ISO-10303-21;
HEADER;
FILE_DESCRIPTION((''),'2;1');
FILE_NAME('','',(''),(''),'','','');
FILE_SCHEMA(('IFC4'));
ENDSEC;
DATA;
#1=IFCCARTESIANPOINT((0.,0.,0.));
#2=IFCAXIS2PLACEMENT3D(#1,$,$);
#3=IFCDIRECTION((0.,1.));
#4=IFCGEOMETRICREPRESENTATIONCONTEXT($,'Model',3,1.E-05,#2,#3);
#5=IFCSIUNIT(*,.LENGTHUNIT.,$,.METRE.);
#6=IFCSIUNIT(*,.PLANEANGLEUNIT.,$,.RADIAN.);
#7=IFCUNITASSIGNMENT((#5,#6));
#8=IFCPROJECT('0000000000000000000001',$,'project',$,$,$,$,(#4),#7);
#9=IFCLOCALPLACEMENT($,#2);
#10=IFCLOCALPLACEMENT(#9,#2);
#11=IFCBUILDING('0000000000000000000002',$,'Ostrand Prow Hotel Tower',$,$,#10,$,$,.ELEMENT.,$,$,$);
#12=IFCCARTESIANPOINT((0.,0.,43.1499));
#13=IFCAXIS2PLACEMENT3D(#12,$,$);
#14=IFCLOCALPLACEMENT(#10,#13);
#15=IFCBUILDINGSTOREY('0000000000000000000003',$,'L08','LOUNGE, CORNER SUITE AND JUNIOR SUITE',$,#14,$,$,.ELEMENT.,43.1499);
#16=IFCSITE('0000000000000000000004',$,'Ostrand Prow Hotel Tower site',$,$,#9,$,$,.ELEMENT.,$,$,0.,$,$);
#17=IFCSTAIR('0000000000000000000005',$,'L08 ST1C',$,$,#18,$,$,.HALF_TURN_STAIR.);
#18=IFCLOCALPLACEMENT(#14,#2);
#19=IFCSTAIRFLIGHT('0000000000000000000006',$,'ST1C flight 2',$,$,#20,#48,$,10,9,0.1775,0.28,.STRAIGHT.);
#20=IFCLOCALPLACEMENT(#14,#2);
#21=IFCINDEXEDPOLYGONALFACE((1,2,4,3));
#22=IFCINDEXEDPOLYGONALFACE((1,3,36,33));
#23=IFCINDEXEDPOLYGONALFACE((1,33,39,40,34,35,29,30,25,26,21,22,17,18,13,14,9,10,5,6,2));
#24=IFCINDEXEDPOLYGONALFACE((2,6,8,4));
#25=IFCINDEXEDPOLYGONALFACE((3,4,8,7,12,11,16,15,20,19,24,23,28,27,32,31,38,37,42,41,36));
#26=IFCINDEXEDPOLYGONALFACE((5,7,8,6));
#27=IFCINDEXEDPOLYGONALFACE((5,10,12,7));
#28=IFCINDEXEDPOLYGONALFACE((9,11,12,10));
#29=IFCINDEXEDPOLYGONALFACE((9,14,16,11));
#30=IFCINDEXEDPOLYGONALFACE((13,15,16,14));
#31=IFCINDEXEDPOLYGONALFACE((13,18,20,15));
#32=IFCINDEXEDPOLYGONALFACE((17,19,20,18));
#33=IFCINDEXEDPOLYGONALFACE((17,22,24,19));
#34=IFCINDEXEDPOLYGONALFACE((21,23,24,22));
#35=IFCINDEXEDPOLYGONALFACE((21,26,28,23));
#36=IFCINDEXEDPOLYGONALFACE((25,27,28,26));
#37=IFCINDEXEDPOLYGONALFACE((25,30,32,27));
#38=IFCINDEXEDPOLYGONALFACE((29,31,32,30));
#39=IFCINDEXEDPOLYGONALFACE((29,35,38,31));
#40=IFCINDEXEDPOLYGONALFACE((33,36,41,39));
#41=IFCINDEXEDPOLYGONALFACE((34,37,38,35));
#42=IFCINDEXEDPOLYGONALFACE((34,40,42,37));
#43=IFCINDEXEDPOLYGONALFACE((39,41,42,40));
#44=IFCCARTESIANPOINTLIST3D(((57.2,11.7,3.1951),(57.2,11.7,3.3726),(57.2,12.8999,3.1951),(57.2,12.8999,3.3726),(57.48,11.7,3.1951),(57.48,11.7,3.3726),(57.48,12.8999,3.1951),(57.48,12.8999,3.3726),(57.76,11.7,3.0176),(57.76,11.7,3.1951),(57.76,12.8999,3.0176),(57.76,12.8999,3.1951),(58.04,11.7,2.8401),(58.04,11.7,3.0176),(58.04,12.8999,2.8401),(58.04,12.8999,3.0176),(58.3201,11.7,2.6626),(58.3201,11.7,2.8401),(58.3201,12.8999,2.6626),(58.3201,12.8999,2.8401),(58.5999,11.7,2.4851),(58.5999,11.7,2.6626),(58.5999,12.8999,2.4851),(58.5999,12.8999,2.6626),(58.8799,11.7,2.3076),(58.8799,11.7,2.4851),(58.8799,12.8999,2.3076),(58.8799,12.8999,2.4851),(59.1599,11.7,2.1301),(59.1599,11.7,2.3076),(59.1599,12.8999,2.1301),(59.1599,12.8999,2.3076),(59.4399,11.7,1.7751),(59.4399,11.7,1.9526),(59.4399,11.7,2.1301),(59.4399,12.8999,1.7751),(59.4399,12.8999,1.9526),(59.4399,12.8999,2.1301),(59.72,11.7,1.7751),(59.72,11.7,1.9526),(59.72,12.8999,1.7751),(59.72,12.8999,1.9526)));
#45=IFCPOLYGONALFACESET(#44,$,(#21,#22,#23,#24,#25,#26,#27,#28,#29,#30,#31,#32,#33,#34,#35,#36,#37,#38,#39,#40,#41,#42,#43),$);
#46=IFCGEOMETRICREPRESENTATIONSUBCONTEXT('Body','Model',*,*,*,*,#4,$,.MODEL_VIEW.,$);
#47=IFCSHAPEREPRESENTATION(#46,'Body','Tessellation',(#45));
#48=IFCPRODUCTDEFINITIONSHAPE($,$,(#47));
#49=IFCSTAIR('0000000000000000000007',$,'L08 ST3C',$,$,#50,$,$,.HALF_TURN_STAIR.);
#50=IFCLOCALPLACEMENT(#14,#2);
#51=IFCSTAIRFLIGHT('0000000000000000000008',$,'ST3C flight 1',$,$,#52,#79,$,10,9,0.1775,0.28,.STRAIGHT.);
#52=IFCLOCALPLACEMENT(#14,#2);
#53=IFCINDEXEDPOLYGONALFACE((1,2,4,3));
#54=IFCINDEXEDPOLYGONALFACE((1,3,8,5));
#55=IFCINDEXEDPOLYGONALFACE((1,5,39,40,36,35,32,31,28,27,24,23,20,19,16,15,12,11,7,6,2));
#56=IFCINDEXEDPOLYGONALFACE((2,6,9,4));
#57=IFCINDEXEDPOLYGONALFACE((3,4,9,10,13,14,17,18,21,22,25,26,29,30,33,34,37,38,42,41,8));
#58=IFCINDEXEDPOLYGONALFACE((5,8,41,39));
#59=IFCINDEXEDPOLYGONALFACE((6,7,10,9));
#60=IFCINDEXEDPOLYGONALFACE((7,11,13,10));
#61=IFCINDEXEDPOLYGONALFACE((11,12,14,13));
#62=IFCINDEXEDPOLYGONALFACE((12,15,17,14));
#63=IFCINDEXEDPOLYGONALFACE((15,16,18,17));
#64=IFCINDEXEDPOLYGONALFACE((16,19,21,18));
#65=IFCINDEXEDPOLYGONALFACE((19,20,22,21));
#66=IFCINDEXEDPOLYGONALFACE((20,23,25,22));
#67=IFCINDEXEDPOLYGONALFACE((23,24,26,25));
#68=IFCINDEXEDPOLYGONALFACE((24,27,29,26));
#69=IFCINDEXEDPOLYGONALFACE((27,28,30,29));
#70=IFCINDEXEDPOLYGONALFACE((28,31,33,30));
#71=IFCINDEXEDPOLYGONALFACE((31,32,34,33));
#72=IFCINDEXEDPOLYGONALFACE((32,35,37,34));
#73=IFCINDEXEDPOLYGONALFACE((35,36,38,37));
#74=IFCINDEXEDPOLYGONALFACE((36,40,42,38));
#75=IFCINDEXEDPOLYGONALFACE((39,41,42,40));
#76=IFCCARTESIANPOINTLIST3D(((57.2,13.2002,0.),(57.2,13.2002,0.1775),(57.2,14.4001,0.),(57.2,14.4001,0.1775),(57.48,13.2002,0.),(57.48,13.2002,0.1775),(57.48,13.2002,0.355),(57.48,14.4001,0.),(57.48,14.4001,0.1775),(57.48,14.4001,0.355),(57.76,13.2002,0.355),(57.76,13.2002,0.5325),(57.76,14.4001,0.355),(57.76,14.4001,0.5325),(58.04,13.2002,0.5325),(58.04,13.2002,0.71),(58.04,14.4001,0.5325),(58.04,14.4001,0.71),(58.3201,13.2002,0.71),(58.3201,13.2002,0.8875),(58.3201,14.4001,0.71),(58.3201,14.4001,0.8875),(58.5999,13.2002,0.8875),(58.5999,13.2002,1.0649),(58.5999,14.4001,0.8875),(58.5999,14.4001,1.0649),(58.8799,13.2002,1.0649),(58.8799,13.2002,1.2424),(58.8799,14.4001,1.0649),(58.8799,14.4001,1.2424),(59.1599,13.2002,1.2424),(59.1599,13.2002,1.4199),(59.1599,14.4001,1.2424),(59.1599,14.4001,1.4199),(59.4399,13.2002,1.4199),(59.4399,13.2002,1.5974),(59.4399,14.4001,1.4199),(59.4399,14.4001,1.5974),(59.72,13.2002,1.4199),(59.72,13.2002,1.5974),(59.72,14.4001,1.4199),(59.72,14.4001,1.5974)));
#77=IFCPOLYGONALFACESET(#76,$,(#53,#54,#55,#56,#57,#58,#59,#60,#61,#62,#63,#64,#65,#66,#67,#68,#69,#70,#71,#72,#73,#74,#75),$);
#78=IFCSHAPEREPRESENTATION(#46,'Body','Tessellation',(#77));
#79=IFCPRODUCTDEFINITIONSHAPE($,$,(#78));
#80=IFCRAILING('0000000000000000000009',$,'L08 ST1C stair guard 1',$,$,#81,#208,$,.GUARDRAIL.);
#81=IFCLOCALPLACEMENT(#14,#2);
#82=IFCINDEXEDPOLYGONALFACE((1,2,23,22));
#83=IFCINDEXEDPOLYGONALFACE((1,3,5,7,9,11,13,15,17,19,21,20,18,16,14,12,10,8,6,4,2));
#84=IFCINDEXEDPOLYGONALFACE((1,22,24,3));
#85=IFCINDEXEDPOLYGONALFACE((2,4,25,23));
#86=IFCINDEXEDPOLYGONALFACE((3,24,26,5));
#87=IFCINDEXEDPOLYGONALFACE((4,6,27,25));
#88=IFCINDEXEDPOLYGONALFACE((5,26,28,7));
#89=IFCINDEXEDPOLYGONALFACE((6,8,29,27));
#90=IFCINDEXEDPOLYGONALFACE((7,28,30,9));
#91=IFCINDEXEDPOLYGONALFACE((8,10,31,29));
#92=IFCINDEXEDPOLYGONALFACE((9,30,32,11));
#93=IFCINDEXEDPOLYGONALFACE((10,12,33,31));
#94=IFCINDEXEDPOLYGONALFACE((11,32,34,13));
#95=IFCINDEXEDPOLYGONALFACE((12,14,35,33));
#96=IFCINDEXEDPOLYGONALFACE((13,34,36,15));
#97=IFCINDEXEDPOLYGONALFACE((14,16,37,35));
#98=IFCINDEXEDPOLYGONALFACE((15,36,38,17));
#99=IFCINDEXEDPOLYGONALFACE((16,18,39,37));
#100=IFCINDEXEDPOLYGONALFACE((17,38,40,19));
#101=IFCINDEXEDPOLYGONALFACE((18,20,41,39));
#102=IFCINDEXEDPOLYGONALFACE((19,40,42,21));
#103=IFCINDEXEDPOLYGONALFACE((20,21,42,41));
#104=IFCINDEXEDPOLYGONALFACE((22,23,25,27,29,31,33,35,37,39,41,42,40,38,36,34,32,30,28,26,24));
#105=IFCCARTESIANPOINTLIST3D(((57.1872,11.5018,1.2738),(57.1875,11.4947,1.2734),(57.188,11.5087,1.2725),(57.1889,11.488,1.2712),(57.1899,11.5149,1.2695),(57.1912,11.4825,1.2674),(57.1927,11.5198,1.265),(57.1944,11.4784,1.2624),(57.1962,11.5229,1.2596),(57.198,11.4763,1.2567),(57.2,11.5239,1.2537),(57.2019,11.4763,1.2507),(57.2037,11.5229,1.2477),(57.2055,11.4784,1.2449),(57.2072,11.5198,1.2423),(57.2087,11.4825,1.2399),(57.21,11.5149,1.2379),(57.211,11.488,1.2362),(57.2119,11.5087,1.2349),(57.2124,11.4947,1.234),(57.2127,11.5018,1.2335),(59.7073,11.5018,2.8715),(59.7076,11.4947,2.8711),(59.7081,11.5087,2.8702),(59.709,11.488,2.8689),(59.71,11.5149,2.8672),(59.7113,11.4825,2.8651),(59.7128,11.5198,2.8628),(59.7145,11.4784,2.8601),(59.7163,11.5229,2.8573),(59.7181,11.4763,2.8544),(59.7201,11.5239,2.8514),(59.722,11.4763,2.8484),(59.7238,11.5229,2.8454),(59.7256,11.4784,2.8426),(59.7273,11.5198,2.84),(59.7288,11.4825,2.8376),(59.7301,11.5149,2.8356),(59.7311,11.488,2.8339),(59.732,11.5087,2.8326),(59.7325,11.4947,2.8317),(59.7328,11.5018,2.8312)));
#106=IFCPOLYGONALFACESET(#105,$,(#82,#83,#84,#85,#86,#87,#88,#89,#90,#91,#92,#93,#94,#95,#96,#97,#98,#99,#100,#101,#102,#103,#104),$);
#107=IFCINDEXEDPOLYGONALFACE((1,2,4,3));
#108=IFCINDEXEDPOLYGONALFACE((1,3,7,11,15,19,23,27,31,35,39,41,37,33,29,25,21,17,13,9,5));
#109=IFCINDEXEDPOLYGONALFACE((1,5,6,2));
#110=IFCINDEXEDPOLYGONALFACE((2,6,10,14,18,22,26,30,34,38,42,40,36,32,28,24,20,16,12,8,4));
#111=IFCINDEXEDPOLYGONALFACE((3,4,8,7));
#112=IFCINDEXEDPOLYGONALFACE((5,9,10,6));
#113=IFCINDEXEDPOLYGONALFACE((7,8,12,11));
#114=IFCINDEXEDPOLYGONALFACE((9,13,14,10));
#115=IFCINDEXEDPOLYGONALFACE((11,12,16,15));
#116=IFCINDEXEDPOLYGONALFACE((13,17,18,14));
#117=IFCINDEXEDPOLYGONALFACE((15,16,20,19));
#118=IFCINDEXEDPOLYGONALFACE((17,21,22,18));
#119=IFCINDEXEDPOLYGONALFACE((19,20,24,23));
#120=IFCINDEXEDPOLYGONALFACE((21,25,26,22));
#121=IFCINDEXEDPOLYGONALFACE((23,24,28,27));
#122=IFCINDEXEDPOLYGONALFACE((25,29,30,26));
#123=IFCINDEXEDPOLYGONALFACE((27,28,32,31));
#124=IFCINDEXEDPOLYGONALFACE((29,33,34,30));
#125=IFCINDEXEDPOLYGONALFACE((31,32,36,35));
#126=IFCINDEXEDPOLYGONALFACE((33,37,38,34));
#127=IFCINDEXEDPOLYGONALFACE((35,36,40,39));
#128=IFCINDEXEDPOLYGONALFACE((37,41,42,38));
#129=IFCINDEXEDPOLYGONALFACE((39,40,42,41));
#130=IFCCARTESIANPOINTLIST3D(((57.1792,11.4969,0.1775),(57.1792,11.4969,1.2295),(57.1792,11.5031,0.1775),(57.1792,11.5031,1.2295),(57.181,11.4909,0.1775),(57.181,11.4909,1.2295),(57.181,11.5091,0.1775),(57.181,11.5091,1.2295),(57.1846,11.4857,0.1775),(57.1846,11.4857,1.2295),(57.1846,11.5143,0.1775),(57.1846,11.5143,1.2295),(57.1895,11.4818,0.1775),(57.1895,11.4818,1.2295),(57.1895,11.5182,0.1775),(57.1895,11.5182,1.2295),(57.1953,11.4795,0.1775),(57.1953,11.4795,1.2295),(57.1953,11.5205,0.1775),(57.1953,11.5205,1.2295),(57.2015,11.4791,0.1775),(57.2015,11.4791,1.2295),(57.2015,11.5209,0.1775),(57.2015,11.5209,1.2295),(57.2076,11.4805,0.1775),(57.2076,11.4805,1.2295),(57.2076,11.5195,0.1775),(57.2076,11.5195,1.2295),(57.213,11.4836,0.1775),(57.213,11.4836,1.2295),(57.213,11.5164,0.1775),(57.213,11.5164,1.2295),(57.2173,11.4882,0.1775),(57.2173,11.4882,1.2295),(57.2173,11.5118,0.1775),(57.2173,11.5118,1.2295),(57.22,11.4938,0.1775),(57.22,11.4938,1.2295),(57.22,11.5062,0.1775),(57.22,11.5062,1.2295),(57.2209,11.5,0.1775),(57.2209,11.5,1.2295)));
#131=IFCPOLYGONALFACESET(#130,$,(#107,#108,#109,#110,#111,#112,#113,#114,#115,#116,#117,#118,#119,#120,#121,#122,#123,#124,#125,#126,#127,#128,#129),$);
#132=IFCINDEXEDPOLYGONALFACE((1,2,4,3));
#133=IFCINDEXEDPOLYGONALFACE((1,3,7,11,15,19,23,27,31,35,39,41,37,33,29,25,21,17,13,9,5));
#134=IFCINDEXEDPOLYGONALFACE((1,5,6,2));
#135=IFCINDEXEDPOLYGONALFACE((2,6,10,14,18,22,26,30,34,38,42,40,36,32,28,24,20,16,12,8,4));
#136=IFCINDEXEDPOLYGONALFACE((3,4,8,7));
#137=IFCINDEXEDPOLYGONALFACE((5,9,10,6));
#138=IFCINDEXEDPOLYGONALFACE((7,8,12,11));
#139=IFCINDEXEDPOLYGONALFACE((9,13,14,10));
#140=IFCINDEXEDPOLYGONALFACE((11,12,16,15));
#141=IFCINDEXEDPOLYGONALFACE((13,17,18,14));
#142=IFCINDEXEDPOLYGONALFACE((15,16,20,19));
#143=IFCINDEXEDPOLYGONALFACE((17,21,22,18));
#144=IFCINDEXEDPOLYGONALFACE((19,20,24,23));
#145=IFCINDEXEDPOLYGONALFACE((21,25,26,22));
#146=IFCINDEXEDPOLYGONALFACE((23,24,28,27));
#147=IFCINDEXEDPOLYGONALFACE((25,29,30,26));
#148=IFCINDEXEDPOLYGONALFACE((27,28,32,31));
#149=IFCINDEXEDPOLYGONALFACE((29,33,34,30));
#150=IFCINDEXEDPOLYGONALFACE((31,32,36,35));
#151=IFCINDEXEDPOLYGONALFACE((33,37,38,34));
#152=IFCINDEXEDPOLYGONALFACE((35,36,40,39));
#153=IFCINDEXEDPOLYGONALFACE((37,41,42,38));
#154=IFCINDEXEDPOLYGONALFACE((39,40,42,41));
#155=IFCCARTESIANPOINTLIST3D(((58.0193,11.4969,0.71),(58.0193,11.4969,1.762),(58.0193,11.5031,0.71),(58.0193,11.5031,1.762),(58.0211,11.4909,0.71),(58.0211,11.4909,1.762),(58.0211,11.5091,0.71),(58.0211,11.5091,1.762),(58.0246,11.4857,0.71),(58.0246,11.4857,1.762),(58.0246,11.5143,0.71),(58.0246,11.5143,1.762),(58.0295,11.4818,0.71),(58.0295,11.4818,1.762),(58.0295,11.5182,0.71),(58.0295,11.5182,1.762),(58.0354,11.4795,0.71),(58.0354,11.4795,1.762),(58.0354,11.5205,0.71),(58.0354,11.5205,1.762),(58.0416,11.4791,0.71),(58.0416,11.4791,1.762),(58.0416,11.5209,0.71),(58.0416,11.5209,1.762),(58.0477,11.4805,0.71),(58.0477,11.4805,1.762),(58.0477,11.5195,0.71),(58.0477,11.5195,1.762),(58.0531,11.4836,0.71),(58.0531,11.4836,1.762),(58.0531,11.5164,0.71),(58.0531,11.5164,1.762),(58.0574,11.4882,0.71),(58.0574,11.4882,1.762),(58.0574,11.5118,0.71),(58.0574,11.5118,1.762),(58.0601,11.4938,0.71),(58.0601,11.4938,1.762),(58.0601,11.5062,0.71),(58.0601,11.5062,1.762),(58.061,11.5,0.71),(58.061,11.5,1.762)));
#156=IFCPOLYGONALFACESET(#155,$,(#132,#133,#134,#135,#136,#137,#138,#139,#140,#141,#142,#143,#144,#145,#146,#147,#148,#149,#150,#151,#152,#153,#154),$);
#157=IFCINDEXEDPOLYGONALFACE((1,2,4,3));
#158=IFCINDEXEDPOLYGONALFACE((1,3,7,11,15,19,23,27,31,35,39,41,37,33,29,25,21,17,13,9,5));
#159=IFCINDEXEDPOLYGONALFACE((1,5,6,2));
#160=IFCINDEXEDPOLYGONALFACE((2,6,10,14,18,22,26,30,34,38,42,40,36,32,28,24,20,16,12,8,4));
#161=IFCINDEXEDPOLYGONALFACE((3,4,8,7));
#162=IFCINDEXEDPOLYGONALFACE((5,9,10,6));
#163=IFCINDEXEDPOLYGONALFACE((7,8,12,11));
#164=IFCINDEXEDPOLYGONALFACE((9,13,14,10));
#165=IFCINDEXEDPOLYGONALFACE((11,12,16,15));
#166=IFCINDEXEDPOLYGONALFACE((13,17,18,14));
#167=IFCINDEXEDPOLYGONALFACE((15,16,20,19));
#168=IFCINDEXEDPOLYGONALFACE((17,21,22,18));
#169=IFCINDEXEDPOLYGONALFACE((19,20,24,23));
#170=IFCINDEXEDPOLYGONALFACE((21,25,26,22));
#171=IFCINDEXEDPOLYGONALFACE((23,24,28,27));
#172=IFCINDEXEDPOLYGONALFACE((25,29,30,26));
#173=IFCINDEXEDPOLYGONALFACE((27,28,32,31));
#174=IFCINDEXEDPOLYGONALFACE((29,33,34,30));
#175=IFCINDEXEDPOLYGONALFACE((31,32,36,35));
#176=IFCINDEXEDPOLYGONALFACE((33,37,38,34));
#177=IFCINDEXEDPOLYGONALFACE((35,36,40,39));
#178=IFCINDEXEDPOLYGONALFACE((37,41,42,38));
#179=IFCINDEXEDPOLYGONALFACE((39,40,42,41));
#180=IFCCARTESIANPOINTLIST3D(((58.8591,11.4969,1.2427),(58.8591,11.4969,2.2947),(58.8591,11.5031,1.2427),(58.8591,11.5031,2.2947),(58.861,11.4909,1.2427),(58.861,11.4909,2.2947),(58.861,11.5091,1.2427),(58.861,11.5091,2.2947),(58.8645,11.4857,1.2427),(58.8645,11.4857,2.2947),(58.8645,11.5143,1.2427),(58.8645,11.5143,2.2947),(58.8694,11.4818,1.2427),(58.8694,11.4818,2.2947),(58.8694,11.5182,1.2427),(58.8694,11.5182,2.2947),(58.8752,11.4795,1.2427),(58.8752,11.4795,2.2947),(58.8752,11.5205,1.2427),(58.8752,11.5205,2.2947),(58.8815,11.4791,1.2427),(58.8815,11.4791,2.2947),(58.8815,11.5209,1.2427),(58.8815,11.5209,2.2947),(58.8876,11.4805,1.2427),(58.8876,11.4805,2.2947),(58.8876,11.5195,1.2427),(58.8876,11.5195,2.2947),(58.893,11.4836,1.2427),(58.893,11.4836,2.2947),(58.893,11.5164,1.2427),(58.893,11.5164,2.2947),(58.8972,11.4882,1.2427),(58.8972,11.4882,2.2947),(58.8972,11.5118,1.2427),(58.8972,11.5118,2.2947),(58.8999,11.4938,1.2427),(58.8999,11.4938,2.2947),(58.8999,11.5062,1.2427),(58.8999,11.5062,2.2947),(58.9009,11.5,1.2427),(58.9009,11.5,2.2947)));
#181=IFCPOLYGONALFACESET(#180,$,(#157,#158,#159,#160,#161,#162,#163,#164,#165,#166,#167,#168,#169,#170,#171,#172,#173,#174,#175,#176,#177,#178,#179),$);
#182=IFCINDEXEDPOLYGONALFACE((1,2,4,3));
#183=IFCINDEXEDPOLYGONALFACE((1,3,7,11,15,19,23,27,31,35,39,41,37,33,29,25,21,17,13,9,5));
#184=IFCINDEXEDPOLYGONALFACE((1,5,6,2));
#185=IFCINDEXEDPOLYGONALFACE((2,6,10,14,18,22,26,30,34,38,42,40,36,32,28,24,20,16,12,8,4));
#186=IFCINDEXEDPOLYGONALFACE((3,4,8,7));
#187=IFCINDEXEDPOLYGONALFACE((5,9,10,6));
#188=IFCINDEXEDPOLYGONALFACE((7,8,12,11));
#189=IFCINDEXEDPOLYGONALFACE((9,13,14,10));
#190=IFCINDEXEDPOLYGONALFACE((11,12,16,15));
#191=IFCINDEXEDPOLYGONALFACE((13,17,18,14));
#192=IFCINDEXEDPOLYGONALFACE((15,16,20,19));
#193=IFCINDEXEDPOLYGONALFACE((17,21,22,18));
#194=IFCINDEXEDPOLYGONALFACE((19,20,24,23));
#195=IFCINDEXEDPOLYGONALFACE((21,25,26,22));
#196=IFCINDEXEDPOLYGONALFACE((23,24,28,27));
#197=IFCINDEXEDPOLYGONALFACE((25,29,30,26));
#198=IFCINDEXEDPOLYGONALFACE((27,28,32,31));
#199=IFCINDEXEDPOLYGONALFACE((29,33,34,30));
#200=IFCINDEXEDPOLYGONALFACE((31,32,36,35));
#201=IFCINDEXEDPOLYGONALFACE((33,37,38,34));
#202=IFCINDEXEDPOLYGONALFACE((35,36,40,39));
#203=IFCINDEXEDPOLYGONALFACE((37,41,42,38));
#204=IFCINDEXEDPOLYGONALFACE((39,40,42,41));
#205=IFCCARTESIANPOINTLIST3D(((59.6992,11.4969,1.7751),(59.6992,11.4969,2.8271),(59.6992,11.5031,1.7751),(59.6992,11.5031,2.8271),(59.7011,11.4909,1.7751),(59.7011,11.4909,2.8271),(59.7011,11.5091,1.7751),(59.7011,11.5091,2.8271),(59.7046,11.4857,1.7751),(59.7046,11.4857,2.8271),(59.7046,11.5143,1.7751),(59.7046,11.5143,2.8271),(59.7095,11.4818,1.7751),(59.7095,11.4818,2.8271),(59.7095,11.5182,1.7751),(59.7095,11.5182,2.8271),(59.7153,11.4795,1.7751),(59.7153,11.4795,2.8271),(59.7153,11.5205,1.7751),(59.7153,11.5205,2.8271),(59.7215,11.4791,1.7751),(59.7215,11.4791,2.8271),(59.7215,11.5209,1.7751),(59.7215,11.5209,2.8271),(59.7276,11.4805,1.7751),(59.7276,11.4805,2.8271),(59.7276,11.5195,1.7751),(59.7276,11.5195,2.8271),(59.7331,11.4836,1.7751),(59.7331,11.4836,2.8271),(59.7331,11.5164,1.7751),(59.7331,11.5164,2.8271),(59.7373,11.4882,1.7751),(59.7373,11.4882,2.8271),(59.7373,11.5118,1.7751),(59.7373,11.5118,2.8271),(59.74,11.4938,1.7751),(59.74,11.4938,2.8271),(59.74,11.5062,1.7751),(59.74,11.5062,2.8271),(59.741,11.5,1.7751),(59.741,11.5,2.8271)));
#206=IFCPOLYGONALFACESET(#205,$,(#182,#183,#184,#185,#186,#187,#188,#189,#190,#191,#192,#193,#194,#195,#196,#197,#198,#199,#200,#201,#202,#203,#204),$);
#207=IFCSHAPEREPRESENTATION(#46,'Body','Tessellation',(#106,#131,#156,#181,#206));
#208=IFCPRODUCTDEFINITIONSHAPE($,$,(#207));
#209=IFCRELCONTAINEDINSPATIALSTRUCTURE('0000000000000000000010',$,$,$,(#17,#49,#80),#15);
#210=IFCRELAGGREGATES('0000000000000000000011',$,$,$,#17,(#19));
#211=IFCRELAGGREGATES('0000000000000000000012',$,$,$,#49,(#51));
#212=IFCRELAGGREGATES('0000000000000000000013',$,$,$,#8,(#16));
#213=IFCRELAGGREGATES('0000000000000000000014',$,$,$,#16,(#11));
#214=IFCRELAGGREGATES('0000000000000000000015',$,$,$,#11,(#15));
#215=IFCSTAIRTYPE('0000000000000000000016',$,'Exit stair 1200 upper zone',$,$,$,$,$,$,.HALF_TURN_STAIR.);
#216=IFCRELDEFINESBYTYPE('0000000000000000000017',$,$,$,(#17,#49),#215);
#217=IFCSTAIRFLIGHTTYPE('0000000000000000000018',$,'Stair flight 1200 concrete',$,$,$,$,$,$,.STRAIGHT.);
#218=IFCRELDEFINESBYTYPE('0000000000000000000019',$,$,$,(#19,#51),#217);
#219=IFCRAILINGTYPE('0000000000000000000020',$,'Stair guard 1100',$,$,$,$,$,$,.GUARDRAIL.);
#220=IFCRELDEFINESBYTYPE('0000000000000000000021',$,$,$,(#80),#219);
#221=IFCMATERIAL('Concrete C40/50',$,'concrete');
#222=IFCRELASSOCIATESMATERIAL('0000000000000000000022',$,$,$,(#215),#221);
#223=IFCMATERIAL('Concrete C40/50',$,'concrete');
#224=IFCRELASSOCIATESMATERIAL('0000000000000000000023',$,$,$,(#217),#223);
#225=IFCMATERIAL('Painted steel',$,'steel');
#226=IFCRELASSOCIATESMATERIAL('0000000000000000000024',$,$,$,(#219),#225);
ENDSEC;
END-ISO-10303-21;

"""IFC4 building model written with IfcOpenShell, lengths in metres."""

from ifc_helpers import new_model, si_unit, direction, frame, origin, origin_2d, place, context, subcontext, project, spatial, polyline, circle, outline, extrude, material, type_object, element, aggregate, save


model = new_model("IFC4")

# Units and contexts
model_context = context("Model", 3, precision=1e-05, world=origin(), true_north=direction((0.0, 1.0)))
body_context = subcontext(model_context, "Body", "Model", "MODEL_VIEW")
ifc_project = project(units=[si_unit("LENGTHUNIT", "METRE"), si_unit("PLANEANGLEUNIT", "RADIAN")], contexts=[model_context])

# Site, building, storey
site_placement = place(None, origin())
site = spatial("IfcSite", under=ifc_project, at=site_placement, Name="Ostrand Prow Hotel Tower site", CompositionType="ELEMENT", RefElevation=0.0)
building_placement = place(site_placement, origin())
building = spatial("IfcBuilding", under=site, at=building_placement, Name="Ostrand Prow Hotel Tower", CompositionType="ELEMENT")
storey_placement = place(building_placement, frame((0.0, 0.0, 43.1499)))
storey = spatial("IfcBuildingStorey", under=building, at=storey_placement, Name="L08", Description="LOUNGE, CORNER SUITE AND JUNIOR SUITE", CompositionType="ELEMENT", Elevation=43.1499)

# Stair, stair flight
ifc_material_1 = material(Name="Concrete C40/50", Category="concrete")
stair_type = type_object("IfcStairType", Name="Exit stair 1200 upper zone", PredefinedType="HALF_TURN_STAIR", material=ifc_material_1)
stair_1_placement = place(storey_placement, origin())
stair_1 = element("IfcStair", 1, at=stair_1_placement, inside=storey, type_object=stair_type, Name="L08 ST1C", PredefinedType="HALF_TURN_STAIR")
ifc_material_2 = material(Name="Concrete C40/50", Category="concrete")
stair_flight_type = type_object("IfcStairFlightType", Name="Stair flight 1200 concrete", PredefinedType="STRAIGHT", material=ifc_material_2)
stair_flight_1_placement = place(storey_placement, frame((59.72, 12.3, 1.7751), z_axis=(0.0, 0.0, 1.0), x_axis=(-1.0, 0.0, 0.0)))
stair_flight_1 = element("IfcStairFlight", 2, at=stair_flight_1_placement, type_object=stair_flight_type, Name="ST1C flight 2", NumberOfRisers=10, NumberOfTreads=9, PredefinedType="STRAIGHT", RiserHeight=0.1775, TreadLength=0.28, context=body_context, shape_type="SweptSolid", body=[
    extrude(outline(polyline([(0.0, 0.0), (0.0, 0.1775), (0.28, 0.1775), (0.28, 0.355), (0.5601, 0.355), (0.5601, 0.5325), (0.8401, 0.5325), (0.8401, 0.71), (1.1201, 0.71), (1.1201, 0.8875), (1.3999, 0.8875), (1.3999, 1.0649), (1.6799, 1.0649), (1.6799, 1.2424), (1.96, 1.2424), (1.96, 1.4199), (2.24, 1.4199), (2.24, 1.5974), (2.52, 1.5974), (2.52, 1.7749), (2.52, 1.4199), (0.28, 0.0), (0.0, 0.0)])), frame((0.0, 0.6001, 0.0), z_axis=(0.0, -1.0, 0.0), x_axis=(1.0, 0.0, 0.0)), (0.0, 0.0, 1.0), 1.2),
])
aggregate(stair_1, [stair_flight_1])

# Stair, stair flight
stair_2_placement = place(storey_placement, origin())
stair_2 = element("IfcStair", 3, at=stair_2_placement, inside=storey, type_object=stair_type, Name="L08 ST3C", PredefinedType="HALF_TURN_STAIR")
stair_flight_2_placement = place(storey_placement, frame((57.2, 13.8, 0.0), z_axis=(0.0, 0.0, 1.0), x_axis=(1.0, 0.0, 0.0)))
stair_flight_2 = element("IfcStairFlight", 4, at=stair_flight_2_placement, type_object=stair_flight_type, Name="ST3C flight 1", NumberOfRisers=10, NumberOfTreads=9, PredefinedType="STRAIGHT", RiserHeight=0.1775, TreadLength=0.28, context=body_context, shape_type="SweptSolid", body=[
    extrude(outline(polyline([(0.0, 0.0), (0.0, 0.1775), (0.28, 0.1775), (0.28, 0.355), (0.5601, 0.355), (0.5601, 0.5325), (0.8401, 0.5325), (0.8401, 0.71), (1.1201, 0.71), (1.1201, 0.8875), (1.3999, 0.8875), (1.3999, 1.0649), (1.6799, 1.0649), (1.6799, 1.2424), (1.96, 1.2424), (1.96, 1.4199), (2.24, 1.4199), (2.24, 1.5974), (2.52, 1.5974), (2.52, 1.7749), (2.52, 1.4199), (0.28, 0.0), (0.0, 0.0)])), frame((0.0, 0.6001, 0.0), z_axis=(0.0, -1.0, 0.0), x_axis=(1.0, 0.0, 0.0)), (0.0, 0.0, 1.0), 1.2),
])
aggregate(stair_2, [stair_flight_2])

# Railing
ifc_material_3 = material(Name="Painted steel", Category="steel")
railing_type_1 = type_object("IfcRailingType", Name="Stair guard 1100", PredefinedType="GUARDRAIL", material=ifc_material_3)
railing_1_placement = place(storey_placement, frame((57.2, 11.5, 0.1775)))
element("IfcRailing", 5, at=railing_1_placement, inside=storey, type_object=railing_type_1, Name="L08 ST1C stair guard 1", PredefinedType="GUARDRAIL", context=body_context, shape_type="SweptSolid", body=[
    extrude(circle(Radius=0.0239, at=origin_2d()), frame((0.0, 0.0, 1.0762), z_axis=(0.84457, 0.0, 0.535445), x_axis=(0.0, 1.0, 0.0)), (0.0, 0.0, 1.0), 2.9839),
    extrude(circle(Radius=0.021, at=origin_2d()), origin(), (0.0, 0.0, 1.0), 1.052),
    extrude(circle(Radius=0.021, at=origin_2d()), frame((0.8401, 0.0, 0.5325)), (0.0, 0.0, 1.0), 1.052),
    extrude(circle(Radius=0.021, at=origin_2d()), frame((1.6799, 0.0, 1.0652)), (0.0, 0.0, 1.0), 1.052),
    extrude(circle(Radius=0.021, at=origin_2d()), frame((2.52, 0.0, 1.5977)), (0.0, 0.0, 1.0), 1.052),
])

save(model, "model.ifc")
